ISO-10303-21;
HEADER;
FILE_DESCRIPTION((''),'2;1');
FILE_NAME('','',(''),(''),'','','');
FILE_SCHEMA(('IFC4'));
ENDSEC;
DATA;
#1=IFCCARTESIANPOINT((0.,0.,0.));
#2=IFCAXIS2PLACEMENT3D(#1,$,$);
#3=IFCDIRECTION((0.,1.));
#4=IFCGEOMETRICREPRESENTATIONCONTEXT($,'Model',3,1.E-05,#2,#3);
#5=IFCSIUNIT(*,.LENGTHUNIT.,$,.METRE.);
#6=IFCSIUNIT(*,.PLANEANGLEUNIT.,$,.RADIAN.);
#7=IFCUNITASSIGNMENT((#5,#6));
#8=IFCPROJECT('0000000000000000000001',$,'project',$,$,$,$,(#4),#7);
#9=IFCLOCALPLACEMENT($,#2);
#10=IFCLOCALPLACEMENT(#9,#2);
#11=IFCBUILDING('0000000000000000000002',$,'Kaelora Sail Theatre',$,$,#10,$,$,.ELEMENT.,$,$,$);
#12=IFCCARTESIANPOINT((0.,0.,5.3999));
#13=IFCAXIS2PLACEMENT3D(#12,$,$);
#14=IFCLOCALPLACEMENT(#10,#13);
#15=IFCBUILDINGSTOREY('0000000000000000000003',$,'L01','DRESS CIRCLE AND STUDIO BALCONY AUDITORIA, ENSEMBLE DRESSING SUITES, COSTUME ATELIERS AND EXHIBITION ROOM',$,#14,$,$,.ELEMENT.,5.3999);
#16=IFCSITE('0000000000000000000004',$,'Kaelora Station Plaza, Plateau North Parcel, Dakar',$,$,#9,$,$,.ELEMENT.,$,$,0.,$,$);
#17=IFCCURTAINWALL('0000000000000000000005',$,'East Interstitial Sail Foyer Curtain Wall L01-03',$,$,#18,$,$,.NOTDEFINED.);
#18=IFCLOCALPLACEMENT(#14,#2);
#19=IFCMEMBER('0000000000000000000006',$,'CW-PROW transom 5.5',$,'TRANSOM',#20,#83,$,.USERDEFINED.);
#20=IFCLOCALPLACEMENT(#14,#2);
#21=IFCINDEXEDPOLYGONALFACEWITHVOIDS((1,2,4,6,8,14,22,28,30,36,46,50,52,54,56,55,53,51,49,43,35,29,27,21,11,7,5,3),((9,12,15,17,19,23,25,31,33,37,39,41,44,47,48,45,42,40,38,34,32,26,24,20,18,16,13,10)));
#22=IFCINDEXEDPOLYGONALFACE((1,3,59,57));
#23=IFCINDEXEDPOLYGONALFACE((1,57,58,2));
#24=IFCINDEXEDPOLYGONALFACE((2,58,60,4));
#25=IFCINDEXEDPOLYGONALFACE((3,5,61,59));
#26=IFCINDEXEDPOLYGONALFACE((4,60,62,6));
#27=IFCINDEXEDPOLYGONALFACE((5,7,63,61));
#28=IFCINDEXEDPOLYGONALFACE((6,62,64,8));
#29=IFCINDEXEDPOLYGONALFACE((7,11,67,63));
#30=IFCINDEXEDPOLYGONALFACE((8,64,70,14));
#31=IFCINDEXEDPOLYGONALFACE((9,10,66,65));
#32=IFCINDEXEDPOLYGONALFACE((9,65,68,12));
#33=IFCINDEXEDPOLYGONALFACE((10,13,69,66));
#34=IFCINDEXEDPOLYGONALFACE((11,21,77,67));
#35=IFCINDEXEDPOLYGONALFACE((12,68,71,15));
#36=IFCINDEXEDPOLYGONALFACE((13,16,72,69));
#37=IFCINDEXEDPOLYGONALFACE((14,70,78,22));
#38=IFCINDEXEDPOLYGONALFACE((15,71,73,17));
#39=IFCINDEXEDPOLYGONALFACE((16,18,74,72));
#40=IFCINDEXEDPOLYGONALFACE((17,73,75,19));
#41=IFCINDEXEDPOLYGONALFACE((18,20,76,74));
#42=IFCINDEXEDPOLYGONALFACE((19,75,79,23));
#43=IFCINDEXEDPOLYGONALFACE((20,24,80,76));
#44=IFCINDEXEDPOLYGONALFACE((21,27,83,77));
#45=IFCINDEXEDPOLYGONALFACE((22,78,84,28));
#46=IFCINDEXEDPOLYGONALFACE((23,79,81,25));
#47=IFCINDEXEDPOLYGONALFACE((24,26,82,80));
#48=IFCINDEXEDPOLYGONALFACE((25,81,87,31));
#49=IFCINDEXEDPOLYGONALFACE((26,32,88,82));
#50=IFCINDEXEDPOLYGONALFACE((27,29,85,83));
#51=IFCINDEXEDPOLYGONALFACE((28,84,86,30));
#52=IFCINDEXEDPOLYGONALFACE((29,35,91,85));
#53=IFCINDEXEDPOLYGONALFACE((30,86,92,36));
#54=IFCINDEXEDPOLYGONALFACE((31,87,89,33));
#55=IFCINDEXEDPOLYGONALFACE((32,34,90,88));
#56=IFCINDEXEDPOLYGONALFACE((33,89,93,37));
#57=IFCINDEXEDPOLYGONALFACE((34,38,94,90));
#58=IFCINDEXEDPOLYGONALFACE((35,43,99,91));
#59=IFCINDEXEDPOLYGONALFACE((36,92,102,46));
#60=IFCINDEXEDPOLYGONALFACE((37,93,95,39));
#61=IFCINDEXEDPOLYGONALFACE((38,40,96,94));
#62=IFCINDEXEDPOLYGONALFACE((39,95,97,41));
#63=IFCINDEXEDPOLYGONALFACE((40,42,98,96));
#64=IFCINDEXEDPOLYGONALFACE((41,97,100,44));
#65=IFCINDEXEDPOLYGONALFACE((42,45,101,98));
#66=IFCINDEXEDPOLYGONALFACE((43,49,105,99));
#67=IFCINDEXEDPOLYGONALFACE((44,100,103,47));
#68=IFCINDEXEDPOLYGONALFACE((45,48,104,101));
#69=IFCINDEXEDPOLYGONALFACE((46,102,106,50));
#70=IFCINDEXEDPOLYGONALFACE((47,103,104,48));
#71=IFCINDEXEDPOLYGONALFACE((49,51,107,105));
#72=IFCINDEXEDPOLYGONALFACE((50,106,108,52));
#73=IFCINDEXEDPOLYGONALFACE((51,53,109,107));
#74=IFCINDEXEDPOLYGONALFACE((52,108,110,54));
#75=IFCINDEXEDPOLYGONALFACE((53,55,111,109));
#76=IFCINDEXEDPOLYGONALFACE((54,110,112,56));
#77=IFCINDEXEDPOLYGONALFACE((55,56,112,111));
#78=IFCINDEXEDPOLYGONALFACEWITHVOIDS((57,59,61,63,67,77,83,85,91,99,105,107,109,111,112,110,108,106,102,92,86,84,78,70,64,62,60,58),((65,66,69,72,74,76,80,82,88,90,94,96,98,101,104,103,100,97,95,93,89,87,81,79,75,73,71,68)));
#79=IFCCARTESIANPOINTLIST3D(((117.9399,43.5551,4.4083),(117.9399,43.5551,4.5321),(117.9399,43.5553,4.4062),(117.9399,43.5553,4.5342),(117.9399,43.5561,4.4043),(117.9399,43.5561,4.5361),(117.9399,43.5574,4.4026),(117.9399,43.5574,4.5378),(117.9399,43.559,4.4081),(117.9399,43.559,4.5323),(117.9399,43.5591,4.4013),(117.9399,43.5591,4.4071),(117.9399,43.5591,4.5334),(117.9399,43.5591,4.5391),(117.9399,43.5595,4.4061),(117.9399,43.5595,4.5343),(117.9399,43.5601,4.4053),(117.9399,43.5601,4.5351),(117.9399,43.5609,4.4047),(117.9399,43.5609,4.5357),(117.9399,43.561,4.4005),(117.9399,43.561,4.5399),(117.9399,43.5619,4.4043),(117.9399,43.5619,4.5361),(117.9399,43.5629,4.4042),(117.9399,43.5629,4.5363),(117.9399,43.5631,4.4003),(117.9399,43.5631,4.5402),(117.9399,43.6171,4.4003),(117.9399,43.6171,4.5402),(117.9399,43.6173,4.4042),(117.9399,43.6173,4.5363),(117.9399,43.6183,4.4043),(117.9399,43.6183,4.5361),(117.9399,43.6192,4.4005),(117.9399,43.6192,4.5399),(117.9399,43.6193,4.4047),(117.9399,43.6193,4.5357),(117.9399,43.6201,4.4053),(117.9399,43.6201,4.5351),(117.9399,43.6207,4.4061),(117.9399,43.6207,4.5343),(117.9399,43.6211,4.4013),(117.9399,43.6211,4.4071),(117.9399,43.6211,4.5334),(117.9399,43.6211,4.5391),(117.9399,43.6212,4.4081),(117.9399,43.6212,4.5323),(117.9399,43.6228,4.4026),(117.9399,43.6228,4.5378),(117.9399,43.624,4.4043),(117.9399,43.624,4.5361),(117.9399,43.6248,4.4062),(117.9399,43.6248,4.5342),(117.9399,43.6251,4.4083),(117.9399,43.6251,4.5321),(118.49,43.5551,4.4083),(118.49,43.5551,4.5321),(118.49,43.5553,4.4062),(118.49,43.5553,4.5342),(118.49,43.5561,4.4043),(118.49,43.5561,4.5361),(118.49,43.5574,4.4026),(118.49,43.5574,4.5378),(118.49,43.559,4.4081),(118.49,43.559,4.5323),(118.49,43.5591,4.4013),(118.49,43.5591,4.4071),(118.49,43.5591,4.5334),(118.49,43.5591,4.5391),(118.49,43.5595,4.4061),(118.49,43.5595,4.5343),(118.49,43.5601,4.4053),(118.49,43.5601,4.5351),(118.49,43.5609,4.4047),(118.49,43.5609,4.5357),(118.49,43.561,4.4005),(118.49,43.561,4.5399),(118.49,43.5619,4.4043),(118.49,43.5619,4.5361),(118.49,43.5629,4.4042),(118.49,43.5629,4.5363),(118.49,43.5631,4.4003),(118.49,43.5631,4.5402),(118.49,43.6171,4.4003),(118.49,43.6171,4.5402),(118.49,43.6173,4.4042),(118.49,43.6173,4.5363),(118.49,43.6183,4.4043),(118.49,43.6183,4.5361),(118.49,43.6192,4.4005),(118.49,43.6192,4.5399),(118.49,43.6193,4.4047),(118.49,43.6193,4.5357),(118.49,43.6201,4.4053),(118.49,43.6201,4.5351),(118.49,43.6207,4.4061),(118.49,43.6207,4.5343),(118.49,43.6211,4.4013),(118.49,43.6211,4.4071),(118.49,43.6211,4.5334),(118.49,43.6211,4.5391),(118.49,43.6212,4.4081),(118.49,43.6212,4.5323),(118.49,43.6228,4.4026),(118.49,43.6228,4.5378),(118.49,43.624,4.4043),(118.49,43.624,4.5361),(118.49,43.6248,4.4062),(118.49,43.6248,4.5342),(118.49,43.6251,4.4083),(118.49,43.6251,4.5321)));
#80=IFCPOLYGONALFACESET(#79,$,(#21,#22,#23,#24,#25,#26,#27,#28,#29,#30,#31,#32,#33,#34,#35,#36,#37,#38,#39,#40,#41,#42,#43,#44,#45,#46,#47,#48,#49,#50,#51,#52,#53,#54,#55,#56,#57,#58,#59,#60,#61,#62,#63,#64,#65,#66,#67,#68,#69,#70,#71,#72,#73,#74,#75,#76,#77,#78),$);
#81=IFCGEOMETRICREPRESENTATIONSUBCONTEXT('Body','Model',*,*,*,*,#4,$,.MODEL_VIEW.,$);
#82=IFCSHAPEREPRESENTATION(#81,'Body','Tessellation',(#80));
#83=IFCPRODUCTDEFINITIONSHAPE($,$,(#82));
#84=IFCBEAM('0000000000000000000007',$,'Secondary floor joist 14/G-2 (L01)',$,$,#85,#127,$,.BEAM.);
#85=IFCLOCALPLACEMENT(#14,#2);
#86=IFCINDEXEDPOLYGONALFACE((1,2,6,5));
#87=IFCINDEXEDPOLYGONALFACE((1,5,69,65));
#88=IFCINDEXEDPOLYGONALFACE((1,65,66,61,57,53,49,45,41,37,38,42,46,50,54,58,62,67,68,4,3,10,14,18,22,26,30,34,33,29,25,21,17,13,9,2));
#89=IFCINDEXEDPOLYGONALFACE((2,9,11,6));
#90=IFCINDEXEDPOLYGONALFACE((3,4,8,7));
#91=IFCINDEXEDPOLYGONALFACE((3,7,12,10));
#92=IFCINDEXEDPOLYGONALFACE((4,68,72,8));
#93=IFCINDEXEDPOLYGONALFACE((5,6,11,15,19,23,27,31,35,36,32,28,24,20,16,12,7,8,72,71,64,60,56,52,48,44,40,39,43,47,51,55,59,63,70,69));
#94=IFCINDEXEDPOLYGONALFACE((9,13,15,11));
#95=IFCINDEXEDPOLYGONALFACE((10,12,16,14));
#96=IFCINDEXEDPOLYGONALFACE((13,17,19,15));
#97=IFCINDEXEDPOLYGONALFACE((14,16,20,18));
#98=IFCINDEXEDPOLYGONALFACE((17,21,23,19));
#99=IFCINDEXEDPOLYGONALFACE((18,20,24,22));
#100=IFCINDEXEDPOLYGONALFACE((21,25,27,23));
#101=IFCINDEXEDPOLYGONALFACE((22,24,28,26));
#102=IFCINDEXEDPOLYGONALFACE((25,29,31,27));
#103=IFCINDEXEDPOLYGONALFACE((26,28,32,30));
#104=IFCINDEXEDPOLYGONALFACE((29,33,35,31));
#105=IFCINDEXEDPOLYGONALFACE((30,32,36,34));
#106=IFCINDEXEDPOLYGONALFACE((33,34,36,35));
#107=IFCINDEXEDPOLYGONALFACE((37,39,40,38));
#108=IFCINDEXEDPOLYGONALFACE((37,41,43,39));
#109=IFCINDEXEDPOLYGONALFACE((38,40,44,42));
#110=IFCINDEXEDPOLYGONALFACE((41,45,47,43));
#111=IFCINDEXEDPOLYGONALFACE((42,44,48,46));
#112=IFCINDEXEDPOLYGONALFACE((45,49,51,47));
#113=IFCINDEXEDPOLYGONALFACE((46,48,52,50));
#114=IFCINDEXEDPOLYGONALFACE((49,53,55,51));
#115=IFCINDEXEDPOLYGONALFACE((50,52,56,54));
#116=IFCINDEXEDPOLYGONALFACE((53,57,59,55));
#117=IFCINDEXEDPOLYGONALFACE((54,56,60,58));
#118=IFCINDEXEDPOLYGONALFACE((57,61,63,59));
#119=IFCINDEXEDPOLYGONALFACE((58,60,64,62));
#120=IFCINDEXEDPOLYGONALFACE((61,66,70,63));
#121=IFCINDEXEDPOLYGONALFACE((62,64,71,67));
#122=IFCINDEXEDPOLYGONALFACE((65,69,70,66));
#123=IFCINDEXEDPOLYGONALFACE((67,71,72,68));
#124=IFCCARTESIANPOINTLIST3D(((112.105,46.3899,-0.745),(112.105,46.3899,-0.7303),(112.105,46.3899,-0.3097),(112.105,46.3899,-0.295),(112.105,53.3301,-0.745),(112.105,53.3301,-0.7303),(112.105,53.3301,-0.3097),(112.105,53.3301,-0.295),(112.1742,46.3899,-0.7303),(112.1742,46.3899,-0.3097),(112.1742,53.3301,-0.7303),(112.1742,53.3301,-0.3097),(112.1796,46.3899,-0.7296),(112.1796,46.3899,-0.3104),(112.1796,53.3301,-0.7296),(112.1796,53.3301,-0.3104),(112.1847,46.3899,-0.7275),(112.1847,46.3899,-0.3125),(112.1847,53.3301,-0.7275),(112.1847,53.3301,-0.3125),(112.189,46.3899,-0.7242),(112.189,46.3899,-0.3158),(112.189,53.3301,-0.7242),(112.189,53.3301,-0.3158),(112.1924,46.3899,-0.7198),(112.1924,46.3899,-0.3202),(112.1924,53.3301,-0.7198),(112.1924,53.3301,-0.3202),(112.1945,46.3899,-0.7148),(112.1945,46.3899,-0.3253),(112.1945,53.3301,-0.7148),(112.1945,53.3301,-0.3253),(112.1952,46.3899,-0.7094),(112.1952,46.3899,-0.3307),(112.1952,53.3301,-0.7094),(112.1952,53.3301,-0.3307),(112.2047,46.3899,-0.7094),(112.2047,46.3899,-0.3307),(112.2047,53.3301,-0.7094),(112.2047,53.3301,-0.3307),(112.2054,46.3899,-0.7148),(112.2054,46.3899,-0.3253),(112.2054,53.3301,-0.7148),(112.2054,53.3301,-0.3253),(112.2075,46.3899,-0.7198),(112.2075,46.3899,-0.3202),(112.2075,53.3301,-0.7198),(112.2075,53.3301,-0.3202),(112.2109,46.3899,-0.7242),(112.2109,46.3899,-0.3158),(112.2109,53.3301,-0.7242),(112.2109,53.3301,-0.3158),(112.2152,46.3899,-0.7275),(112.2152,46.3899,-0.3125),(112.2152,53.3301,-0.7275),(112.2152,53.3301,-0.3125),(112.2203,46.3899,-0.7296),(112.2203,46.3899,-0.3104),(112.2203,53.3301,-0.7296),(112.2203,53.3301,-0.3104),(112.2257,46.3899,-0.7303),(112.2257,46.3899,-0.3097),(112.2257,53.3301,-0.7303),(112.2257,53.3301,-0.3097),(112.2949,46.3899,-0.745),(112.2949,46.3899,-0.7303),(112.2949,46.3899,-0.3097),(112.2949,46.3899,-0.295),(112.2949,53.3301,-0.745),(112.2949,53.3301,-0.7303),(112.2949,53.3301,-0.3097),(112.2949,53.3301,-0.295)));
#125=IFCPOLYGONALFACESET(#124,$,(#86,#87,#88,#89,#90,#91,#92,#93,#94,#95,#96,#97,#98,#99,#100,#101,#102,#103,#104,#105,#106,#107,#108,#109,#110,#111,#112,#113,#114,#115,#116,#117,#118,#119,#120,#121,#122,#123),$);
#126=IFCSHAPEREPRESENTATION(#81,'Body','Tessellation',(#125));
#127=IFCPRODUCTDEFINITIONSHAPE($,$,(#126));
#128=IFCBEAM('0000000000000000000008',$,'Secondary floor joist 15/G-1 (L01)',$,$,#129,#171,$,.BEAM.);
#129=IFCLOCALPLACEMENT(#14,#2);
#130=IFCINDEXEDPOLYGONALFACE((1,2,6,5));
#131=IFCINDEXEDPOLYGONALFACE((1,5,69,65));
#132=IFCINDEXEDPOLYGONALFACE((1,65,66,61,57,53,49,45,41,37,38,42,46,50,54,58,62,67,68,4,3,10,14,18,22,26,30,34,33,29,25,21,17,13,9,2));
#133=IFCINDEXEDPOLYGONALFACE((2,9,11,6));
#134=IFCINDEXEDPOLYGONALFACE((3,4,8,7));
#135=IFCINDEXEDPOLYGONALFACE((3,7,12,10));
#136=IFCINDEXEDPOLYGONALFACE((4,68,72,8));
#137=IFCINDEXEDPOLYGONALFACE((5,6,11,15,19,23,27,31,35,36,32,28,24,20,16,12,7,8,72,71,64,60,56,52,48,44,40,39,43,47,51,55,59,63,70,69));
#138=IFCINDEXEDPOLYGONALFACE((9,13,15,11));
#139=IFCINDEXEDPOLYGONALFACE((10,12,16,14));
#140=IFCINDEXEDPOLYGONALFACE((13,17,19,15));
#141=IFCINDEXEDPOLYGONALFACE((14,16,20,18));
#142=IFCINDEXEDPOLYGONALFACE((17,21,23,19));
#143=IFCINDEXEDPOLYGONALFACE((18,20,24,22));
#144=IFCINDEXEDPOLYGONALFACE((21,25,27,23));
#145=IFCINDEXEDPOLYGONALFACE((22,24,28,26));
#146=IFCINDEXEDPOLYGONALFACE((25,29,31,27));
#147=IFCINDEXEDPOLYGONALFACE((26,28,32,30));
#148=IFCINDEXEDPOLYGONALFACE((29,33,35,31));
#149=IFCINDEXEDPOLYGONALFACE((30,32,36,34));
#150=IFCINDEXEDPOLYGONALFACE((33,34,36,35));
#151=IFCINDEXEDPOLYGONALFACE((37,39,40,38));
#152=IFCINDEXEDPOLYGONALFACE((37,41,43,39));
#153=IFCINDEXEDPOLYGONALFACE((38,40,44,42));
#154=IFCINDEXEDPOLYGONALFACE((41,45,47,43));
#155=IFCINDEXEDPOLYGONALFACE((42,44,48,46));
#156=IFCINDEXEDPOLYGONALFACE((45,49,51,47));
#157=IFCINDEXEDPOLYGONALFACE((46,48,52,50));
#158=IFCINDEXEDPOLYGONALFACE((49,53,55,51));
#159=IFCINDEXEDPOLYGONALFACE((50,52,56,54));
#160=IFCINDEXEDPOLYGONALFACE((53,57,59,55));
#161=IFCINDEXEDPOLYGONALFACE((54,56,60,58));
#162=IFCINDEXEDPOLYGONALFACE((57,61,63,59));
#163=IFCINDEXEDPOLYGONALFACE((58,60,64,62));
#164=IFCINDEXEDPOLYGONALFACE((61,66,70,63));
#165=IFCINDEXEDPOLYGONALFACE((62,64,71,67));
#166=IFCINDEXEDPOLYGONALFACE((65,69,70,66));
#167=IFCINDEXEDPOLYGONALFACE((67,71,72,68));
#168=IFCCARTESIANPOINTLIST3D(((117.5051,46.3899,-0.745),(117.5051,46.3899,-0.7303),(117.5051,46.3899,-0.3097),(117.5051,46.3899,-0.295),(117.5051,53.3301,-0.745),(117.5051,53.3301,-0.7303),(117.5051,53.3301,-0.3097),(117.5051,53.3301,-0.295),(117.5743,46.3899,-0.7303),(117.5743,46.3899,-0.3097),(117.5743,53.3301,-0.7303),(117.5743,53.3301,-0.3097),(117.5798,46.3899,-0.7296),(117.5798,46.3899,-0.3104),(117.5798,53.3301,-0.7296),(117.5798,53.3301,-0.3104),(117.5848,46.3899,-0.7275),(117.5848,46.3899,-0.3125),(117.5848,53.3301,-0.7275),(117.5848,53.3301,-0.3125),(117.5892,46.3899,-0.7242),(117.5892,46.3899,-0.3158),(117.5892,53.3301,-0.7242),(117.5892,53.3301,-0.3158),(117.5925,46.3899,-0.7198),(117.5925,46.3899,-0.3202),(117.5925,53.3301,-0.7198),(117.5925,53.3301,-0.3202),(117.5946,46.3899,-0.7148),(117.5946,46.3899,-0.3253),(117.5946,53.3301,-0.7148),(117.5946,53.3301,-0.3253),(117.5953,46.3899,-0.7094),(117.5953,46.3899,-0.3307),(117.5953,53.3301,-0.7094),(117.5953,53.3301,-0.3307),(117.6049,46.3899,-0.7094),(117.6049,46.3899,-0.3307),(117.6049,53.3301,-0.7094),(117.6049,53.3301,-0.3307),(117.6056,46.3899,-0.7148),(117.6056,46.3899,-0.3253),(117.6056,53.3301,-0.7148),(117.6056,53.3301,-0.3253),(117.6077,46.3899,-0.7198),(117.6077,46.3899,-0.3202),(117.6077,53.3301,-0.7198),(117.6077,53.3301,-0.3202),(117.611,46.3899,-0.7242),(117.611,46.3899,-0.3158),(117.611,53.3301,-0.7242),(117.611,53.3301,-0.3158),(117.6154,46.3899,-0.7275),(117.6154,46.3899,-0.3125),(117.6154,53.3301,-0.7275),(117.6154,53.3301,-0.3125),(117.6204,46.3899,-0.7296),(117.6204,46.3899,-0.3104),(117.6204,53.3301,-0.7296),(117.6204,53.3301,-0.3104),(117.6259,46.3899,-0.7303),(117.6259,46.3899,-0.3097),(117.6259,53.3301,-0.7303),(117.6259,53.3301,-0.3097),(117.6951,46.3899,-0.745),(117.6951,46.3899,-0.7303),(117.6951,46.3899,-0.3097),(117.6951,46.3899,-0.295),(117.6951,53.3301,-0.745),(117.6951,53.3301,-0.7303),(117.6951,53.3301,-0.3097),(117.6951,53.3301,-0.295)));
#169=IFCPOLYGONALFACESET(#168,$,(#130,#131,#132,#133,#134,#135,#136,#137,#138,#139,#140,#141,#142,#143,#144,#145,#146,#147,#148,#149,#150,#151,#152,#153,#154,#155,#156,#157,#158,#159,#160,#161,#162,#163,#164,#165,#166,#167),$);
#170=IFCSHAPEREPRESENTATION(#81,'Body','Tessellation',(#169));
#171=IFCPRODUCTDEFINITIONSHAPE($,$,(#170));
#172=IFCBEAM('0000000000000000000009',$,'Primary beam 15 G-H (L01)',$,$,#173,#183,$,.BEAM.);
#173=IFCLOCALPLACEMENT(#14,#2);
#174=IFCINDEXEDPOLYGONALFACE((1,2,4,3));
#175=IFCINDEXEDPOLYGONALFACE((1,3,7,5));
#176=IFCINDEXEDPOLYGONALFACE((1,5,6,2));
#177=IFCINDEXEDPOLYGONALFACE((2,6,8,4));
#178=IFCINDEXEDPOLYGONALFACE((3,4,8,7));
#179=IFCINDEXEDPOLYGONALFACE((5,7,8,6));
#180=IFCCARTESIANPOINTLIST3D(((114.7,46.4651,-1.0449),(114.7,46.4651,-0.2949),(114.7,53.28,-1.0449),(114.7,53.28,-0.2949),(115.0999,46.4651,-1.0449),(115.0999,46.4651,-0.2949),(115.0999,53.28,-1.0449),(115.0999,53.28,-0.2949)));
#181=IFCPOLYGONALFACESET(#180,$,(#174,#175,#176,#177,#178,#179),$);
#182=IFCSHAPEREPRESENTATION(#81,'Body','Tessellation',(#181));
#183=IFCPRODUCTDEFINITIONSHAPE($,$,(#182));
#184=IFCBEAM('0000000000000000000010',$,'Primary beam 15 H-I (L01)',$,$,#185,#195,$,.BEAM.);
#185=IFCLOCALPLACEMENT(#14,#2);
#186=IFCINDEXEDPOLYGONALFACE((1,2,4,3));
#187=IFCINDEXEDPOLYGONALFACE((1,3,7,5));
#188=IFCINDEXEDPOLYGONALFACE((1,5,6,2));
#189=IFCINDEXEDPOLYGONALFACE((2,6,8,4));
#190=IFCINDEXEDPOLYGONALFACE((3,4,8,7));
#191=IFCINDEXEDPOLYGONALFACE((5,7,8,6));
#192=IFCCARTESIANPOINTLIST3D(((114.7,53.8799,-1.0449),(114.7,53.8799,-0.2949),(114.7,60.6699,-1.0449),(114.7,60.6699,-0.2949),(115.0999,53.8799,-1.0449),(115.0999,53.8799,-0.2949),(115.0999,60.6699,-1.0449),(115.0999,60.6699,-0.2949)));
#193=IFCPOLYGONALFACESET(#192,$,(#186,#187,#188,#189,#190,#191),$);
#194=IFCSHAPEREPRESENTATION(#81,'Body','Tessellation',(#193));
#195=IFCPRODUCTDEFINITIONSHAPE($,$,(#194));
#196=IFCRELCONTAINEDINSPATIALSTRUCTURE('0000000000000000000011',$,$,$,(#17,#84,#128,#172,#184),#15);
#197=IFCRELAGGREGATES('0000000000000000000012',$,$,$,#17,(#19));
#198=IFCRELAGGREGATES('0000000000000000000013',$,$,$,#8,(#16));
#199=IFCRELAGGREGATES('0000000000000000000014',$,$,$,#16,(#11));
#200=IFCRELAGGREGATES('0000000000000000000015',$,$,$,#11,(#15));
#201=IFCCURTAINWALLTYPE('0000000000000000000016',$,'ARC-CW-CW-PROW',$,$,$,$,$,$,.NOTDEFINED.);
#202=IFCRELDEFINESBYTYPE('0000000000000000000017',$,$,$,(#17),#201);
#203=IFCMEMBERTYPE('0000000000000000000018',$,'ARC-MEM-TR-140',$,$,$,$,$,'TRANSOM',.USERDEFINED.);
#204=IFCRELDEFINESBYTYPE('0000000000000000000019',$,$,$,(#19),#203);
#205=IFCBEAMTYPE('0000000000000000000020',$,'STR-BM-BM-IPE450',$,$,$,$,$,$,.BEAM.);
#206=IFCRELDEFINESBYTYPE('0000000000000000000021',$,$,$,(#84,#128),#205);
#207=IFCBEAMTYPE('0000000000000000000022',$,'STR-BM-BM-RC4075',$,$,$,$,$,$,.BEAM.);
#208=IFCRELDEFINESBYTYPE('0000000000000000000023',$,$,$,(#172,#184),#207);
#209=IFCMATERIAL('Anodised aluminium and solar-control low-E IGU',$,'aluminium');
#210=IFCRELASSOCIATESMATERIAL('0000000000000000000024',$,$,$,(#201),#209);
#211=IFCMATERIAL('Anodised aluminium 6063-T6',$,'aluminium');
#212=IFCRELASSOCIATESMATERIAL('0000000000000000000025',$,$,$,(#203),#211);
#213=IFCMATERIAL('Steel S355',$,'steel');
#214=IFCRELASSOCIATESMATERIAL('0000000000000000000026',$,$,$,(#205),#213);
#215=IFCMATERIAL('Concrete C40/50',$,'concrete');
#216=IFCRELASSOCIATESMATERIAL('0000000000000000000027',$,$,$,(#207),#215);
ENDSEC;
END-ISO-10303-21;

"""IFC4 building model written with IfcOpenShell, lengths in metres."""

from ifc_helpers import new_model, si_unit, direction, frame, origin, origin_2d, place, context, subcontext, project, spatial, rectangle, hollow_rectangle, i_section, extrude, material, material_profile, profile_set, type_object, element, aggregate, save


model = new_model("IFC4")

# Units and contexts
model_context = context("Model", 3, precision=1e-05, world=origin(), true_north=direction((0.0, 1.0)))
body_context = subcontext(model_context, "Body", "Model", "MODEL_VIEW")
ifc_project = project(units=[si_unit("LENGTHUNIT", "METRE"), si_unit("PLANEANGLEUNIT", "RADIAN")], contexts=[model_context])

# Site, building, storey
site_placement = place(None, origin())
site = spatial("IfcSite", under=ifc_project, at=site_placement, Name="Kaelora Station Plaza, Plateau North Parcel, Dakar", CompositionType="ELEMENT", RefElevation=0.0)
building_placement = place(site_placement, origin())
building = spatial("IfcBuilding", under=site, at=building_placement, Name="Kaelora Sail Theatre", CompositionType="ELEMENT")
storey_placement = place(building_placement, frame((0.0, 0.0, 5.3999)))
storey = spatial("IfcBuildingStorey", under=building, at=storey_placement, Name="L01", Description="DRESS CIRCLE AND STUDIO BALCONY AUDITORIA, ENSEMBLE DRESSING SUITES, COSTUME ATELIERS AND EXHIBITION ROOM", CompositionType="ELEMENT", Elevation=5.3999)

# Curtain wall, member
ifc_material_1 = material(Name="Anodised aluminium and solar-control low-E IGU", Category="aluminium")
curtain_wall_type = type_object("IfcCurtainWallType", Name="ARC-CW-CW-PROW", PredefinedType="NOTDEFINED", material=ifc_material_1)
curtain_wall_placement = place(storey_placement, origin())
curtain_wall = element("IfcCurtainWall", 1, at=curtain_wall_placement, inside=storey, type_object=curtain_wall_type, Name="East Interstitial Sail Foyer Curtain Wall L01-03", PredefinedType="NOTDEFINED")
ifc_material_2 = material(Name="Anodised aluminium 6063-T6", Category="aluminium")
ifc_material_profile_1 = material_profile(ifc_material_2, hollow_rectangle(XDim=0.0701, YDim=0.1399, WallThickness=0.0039, InnerFilletRadius=0.0039, OuterFilletRadius=0.0081, at=origin_2d()), Name="ALU-TRAN 70x140x4")
ifc_profile_set_1 = profile_set([ifc_material_profile_1], Name="Anodised aluminium 6063-T6")
member_type_1 = type_object("IfcMemberType", Name="ARC-MEM-TR-140", ElementType="TRANSOM", PredefinedType="USERDEFINED", material=ifc_profile_set_1)
member_1_placement = place(storey_placement, frame((117.9399, 43.5901, 4.4702), z_axis=(1.0, 0.0, 0.0), x_axis=(0.0, 1.0, 0.0)))
member_1 = element("IfcMember", 2, at=member_1_placement, type_object=member_type_1, Name="CW-PROW transom 5.5", ObjectType="TRANSOM", PredefinedType="USERDEFINED", context=body_context, shape_type="SweptSolid", body=[
    extrude(hollow_rectangle(XDim=0.0701, YDim=0.1399, WallThickness=0.0039, InnerFilletRadius=0.0039, OuterFilletRadius=0.0081, at=origin_2d()), origin(), (0.0, 0.0, 1.0), 0.55),
])

# Beams
ifc_material_3 = material(Name="Steel S355", Category="steel")
ifc_material_profile_2 = material_profile(ifc_material_3, i_section(OverallWidth=0.1899, OverallDepth=0.45, WebThickness=0.0095, FlangeThickness=0.0146, FilletRadius=0.021, at=origin_2d()), Name="IPE 450")
ifc_profile_set_2 = profile_set([ifc_material_profile_2], Name="Steel S355")
beam_type_1 = type_object("IfcBeamType", Name="STR-BM-BM-IPE450", PredefinedType="BEAM", material=ifc_profile_set_2)
for number, where, z_axis, x_axis, name in (
    (3, (112.2, 46.3899, -0.52), (0.0, 1.0, 0.0), (-1.0, 0.0, 0.0), "Secondary floor joist 14/G-2 (L01)"),
    (4, (117.6001, 46.3899, -0.52), (0.0, 1.0, 0.0), (-1.0, 0.0, 0.0), "Secondary floor joist 15/G-1 (L01)"),
):
    element("IfcBeam", number, at=place(storey_placement, frame(where, z_axis=z_axis, x_axis=x_axis)), inside=storey, type_object=beam_type_1, Name=name, PredefinedType="BEAM", context=body_context, shape_type="SweptSolid", body=[
        extrude(i_section(OverallWidth=0.1899, OverallDepth=0.45, WebThickness=0.0095, FlangeThickness=0.0146, FilletRadius=0.021, at=origin_2d()), origin(), (0.0, 0.0, 1.0), 6.9402),
    ])
ifc_material_4 = material(Name="Concrete C40/50", Category="concrete")
ifc_material_profile_3 = material_profile(ifc_material_4, rectangle(XDim=0.3999, YDim=0.75, at=origin_2d()), Name="RC-BM 400x750")
ifc_profile_set_3 = profile_set([ifc_material_profile_3], Name="Concrete C40/50")
beam_type_2 = type_object("IfcBeamType", Name="STR-BM-BM-RC4075", PredefinedType="BEAM", material=ifc_profile_set_3)
beam_1_placement = place(storey_placement, frame((114.8999, 46.4651, -0.6699), z_axis=(0.0, 1.0, 0.0), x_axis=(-1.0, 0.0, 0.0)))
element("IfcBeam", 5, at=beam_1_placement, inside=storey, type_object=beam_type_2, Name="Primary beam 15 G-H (L01)", PredefinedType="BEAM", context=body_context, shape_type="SweptSolid", body=[
    extrude(rectangle(XDim=0.3999, YDim=0.75, at=origin_2d()), origin(), (0.0, 0.0, 1.0), 6.8149),
])
beam_2_placement = place(storey_placement, frame((114.8999, 53.8799, -0.6699), z_axis=(0.0, 1.0, 0.0), x_axis=(-1.0, 0.0, 0.0)))
element("IfcBeam", 6, at=beam_2_placement, inside=storey, type_object=beam_type_2, Name="Primary beam 15 H-I (L01)", PredefinedType="BEAM", context=body_context, shape_type="SweptSolid", body=[
    extrude(rectangle(XDim=0.3999, YDim=0.75, at=origin_2d()), origin(), (0.0, 0.0, 1.0), 6.79),
])

aggregate(curtain_wall, [member_1])

save(model, "model.ifc")
